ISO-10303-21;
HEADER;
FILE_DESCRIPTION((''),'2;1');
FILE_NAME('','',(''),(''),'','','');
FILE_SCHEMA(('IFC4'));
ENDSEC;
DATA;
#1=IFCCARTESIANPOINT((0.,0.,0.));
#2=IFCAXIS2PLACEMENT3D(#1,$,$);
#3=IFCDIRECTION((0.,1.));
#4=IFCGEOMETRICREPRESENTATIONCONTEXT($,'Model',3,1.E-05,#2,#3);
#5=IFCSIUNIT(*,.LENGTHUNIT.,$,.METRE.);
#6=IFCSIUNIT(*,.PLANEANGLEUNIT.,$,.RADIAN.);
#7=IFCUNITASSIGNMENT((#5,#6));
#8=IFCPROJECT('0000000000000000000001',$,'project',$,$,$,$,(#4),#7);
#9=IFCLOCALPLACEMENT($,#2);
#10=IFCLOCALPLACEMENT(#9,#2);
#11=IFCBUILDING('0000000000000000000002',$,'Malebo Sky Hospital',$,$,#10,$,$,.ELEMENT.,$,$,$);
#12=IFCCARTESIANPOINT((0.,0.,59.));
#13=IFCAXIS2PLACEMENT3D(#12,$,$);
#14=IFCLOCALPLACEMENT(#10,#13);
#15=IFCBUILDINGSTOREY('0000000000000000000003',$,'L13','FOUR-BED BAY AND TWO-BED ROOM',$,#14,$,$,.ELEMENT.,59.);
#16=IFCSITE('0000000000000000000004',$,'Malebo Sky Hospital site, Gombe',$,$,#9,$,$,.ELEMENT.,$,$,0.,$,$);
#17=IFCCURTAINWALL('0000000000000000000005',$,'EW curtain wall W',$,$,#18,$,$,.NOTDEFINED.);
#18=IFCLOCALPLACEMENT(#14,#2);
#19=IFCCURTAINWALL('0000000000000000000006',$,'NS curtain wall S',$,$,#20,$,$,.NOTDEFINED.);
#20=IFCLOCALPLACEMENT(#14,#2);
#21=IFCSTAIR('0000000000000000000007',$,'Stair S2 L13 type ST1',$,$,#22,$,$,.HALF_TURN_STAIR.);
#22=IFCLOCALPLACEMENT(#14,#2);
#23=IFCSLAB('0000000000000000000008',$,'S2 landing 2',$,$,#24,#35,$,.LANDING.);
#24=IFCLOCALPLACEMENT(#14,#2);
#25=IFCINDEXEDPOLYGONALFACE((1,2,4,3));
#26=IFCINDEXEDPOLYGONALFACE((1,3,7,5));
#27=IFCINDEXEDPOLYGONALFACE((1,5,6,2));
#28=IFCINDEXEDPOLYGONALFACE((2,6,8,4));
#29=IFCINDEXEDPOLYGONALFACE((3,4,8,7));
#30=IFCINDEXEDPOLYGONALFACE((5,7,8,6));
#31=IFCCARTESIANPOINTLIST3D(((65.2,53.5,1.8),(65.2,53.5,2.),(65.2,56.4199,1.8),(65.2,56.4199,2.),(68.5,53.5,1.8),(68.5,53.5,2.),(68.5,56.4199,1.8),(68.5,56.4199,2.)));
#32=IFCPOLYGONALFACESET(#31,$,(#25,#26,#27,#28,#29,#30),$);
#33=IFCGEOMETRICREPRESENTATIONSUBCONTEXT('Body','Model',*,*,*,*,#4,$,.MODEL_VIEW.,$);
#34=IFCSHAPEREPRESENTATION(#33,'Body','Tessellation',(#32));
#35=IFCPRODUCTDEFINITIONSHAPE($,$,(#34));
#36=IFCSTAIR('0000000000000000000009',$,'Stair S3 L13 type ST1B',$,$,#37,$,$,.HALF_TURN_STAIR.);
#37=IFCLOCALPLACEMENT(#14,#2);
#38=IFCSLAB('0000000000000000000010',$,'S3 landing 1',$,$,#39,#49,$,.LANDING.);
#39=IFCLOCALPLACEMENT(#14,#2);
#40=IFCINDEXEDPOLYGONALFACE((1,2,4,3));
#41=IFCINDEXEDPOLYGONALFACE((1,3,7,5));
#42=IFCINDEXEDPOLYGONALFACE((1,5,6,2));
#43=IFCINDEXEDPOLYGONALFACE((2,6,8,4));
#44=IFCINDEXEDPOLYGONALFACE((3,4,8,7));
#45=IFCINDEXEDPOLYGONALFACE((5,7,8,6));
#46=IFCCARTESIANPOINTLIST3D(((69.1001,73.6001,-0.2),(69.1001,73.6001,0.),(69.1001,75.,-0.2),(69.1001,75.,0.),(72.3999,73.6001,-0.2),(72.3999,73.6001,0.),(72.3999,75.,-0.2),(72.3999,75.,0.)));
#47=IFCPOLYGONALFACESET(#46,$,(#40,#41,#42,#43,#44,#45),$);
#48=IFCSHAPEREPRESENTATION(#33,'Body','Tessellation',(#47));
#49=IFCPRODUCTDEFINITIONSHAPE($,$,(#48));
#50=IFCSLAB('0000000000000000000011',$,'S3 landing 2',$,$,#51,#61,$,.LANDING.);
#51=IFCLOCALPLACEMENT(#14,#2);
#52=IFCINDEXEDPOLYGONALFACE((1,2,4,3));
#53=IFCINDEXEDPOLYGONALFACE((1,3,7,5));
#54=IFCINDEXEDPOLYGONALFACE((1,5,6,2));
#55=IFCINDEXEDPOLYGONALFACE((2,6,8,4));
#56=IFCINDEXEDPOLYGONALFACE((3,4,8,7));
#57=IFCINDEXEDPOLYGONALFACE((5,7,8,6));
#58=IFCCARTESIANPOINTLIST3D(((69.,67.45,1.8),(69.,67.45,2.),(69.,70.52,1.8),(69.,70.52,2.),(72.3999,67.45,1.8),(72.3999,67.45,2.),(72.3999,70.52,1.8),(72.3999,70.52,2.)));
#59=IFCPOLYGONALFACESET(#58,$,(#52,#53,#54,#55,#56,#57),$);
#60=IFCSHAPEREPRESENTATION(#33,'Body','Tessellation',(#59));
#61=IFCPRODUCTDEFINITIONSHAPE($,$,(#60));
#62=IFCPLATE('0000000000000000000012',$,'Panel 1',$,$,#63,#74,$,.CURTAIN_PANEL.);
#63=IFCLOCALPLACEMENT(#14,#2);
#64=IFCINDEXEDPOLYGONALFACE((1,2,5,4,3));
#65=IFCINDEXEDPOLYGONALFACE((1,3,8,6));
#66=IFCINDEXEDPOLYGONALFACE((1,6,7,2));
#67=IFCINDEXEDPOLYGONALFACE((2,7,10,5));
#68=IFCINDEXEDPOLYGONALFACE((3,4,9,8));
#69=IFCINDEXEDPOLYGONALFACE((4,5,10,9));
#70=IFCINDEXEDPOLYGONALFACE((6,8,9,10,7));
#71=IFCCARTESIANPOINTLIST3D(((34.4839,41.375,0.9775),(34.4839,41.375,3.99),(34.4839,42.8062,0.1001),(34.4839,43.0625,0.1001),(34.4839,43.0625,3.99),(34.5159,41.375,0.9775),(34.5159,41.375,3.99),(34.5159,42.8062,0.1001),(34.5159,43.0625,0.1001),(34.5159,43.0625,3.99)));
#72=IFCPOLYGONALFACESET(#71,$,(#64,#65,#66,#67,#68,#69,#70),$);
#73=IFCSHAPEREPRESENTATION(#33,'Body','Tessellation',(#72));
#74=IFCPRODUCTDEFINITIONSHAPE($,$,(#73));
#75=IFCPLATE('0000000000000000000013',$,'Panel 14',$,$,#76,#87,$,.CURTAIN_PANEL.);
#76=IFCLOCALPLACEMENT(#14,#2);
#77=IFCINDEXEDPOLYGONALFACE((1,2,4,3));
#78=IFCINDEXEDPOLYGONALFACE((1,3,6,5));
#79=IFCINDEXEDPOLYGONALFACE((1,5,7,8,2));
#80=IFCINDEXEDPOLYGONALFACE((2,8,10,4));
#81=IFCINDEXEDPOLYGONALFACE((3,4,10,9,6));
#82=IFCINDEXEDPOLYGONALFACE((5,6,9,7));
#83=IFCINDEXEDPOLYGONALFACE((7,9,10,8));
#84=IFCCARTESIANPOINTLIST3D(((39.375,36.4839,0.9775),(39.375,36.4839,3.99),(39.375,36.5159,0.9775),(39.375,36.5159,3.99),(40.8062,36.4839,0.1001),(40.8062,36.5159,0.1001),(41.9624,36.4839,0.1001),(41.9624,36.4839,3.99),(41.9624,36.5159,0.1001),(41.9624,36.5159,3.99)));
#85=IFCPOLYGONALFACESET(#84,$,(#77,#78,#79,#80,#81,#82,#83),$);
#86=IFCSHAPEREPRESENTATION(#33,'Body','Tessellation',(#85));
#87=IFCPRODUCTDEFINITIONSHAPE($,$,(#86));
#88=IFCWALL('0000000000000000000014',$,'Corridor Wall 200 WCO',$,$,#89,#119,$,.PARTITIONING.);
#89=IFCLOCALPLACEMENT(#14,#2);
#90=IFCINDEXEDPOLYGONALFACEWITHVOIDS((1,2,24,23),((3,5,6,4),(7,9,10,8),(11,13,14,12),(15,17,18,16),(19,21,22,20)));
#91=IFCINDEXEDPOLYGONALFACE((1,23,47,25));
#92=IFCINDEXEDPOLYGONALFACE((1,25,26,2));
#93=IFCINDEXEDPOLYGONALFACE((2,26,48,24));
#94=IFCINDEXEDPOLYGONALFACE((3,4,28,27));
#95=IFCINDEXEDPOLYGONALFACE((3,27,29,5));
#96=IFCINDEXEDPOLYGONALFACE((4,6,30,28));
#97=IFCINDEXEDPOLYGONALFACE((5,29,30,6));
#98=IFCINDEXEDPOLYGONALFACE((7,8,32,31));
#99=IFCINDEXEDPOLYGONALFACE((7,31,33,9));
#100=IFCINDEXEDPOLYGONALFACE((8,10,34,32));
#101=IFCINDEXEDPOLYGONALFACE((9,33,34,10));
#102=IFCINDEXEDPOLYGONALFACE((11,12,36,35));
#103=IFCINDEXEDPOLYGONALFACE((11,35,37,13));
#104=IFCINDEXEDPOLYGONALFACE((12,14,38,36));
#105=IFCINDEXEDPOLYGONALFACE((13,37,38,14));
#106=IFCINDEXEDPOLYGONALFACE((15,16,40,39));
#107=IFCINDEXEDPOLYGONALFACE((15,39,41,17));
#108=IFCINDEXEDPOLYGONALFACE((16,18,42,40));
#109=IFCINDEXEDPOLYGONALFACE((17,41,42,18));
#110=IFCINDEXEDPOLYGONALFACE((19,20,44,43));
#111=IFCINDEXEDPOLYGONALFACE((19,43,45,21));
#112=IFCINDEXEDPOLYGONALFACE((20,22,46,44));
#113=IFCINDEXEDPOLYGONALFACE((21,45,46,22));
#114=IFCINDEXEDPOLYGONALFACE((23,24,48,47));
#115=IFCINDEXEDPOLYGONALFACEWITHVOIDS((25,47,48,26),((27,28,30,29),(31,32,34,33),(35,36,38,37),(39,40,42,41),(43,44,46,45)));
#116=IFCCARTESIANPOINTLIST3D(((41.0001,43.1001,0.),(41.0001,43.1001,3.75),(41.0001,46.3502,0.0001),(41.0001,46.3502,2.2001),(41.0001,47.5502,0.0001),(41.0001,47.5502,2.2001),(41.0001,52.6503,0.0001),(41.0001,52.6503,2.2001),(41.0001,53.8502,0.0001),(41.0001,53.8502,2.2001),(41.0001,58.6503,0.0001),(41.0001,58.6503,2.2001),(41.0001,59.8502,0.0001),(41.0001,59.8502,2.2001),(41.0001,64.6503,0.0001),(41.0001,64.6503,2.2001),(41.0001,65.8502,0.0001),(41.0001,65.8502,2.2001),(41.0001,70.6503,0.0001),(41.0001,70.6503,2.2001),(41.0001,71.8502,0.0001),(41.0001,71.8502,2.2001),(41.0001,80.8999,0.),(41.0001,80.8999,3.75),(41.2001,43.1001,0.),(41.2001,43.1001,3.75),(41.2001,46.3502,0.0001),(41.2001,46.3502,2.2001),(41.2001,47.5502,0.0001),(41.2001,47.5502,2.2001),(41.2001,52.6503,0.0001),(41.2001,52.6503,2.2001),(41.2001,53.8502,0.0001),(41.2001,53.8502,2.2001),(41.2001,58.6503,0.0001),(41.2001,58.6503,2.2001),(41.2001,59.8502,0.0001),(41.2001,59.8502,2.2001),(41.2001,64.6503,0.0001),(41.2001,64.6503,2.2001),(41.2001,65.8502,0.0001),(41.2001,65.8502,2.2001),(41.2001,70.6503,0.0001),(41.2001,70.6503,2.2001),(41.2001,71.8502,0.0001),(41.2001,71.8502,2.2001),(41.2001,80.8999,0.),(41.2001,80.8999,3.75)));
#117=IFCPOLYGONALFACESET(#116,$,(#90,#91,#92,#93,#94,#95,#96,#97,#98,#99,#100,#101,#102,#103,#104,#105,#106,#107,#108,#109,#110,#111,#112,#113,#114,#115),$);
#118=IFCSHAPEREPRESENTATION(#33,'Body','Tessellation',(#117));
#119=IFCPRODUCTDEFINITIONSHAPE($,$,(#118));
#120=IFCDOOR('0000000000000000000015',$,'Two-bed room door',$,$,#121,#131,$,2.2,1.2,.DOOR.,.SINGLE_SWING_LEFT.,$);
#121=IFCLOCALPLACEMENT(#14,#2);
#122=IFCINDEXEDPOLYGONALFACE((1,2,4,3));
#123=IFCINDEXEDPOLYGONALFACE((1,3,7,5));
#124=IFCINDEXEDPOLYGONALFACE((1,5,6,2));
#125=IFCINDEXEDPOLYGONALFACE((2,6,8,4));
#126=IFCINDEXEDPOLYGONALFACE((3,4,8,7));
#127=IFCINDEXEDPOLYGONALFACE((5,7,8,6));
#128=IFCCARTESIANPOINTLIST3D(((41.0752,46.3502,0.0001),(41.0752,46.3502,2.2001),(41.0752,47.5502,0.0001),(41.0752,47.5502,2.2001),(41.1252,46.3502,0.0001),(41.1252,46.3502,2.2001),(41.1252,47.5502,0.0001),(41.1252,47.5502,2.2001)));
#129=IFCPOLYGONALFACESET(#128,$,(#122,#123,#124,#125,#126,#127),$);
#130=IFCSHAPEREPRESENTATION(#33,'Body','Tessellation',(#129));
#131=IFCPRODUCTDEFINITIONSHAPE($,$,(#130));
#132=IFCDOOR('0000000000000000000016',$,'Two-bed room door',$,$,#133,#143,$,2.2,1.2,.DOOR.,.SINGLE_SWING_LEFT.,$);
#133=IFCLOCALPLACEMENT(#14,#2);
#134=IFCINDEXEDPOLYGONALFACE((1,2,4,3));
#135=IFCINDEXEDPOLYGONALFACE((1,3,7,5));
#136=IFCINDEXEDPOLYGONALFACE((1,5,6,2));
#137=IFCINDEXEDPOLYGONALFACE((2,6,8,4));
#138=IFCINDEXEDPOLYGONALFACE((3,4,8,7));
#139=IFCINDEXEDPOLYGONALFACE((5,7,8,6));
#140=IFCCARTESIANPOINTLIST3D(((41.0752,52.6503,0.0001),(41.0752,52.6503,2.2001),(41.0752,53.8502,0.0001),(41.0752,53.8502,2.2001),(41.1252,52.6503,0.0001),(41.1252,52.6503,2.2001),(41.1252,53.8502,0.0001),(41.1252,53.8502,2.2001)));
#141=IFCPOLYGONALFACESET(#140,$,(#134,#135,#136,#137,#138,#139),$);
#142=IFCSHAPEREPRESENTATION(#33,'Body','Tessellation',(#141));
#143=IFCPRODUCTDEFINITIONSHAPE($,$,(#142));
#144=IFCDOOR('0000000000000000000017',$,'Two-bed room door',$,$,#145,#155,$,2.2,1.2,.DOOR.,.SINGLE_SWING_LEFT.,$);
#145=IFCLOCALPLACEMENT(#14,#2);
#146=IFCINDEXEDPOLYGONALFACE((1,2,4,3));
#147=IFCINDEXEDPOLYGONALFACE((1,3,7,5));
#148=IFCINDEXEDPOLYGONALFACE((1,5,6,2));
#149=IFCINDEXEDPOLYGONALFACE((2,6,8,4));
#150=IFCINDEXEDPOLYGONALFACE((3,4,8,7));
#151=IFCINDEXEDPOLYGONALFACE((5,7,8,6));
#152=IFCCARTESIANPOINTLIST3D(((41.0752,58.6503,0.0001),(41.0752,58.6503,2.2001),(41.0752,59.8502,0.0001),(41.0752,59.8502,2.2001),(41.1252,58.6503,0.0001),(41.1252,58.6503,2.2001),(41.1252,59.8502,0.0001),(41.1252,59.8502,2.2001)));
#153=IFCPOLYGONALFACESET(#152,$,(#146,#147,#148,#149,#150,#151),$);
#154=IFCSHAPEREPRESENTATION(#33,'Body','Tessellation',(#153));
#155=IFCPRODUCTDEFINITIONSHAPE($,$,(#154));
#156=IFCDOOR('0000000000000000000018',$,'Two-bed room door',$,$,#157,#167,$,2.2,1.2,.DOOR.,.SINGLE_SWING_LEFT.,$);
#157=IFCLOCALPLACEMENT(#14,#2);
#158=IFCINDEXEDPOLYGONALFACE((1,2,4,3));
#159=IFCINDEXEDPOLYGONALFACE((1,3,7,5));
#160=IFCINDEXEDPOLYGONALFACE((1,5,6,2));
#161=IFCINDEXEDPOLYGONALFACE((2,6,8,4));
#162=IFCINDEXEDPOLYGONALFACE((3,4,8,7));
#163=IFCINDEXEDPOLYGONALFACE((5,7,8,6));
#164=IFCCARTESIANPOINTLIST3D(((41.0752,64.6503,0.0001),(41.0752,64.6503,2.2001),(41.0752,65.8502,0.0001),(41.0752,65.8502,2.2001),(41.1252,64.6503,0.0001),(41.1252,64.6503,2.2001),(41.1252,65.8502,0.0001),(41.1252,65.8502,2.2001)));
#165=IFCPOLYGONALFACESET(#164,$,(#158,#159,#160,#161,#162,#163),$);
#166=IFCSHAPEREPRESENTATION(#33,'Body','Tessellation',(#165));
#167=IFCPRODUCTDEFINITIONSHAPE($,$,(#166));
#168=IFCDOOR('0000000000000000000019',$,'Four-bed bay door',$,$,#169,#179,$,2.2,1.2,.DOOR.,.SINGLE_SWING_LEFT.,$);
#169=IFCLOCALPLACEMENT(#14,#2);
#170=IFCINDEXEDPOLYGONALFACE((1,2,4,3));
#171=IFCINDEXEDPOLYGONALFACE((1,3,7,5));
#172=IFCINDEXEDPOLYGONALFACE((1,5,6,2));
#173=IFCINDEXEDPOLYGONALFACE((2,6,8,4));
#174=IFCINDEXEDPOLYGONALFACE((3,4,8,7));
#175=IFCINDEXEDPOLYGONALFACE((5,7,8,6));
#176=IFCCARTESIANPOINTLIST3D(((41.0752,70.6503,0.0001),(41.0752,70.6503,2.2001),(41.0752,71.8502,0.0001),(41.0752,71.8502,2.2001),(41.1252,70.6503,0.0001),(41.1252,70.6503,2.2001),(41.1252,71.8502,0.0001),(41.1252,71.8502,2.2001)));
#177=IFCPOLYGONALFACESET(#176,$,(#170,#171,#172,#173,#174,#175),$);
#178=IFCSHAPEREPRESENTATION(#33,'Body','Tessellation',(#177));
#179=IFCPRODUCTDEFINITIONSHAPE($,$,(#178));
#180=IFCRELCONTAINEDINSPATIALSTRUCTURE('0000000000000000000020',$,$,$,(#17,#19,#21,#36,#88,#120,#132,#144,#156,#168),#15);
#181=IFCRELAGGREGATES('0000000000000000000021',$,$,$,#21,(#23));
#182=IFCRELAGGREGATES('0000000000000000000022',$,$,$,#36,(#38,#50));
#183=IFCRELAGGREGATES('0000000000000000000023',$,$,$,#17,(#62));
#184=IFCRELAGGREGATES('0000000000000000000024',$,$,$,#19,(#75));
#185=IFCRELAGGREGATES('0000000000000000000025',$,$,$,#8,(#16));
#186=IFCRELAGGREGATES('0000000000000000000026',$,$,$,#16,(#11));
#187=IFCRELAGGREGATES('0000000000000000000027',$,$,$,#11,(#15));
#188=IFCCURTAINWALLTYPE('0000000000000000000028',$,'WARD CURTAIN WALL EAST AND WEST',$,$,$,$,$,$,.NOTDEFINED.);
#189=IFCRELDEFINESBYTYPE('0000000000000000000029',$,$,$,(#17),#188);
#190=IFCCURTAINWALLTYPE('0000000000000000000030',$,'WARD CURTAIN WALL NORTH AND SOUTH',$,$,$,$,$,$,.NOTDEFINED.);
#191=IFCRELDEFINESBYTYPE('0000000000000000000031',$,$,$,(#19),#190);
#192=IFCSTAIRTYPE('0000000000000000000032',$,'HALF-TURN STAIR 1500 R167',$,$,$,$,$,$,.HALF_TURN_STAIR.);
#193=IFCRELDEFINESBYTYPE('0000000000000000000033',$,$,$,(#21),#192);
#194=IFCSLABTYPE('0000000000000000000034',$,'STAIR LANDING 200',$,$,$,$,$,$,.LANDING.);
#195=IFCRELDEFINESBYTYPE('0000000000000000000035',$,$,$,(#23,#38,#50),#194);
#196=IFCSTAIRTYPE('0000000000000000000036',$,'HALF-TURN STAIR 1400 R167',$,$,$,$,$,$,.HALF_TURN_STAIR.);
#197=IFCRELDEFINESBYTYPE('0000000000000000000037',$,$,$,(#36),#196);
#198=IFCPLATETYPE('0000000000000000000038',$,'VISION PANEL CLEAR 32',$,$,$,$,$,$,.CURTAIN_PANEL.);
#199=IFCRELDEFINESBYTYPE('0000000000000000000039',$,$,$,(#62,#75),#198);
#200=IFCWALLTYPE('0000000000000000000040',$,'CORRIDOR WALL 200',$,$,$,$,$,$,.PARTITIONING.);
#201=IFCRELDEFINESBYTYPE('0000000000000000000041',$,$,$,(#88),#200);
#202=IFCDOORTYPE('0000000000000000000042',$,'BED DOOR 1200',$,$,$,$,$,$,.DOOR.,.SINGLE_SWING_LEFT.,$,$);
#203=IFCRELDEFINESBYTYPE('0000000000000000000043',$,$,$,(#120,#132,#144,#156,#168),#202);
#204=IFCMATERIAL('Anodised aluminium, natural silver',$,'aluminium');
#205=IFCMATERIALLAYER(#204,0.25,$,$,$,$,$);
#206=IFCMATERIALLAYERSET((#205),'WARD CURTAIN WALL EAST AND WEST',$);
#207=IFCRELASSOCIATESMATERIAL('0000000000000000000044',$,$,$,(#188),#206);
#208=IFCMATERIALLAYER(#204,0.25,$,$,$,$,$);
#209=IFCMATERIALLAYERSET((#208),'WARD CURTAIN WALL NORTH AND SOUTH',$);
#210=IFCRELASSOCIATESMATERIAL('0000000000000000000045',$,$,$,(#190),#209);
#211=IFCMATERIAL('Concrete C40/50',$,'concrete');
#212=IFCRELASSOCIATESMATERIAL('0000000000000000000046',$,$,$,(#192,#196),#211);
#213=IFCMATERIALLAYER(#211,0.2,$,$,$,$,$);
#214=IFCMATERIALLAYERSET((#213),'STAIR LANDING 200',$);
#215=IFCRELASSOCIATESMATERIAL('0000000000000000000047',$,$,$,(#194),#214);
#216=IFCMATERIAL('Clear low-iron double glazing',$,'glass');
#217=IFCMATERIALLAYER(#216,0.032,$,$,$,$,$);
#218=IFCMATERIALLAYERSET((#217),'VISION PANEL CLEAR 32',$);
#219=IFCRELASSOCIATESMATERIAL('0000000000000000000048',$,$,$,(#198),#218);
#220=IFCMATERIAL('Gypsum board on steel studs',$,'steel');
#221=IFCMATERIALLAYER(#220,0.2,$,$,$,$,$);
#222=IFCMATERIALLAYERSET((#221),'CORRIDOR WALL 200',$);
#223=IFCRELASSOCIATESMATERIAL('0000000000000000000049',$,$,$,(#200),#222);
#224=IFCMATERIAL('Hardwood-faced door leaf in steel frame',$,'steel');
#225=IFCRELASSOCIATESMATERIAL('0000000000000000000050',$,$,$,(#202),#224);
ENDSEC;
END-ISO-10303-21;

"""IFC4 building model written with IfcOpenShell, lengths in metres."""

from ifc_helpers import new_model, si_unit, direction, frame, frame_2d, origin, place, context, subcontext, project, spatial, polyline, rectangle, outline, extrude, material, layer, layer_set, type_object, element, fill, aggregate, save


model = new_model("IFC4")

# Units and contexts
model_context = context("Model", 3, precision=1e-05, world=origin(), true_north=direction((0.0, 1.0)))
body_context = subcontext(model_context, "Body", "Model", "MODEL_VIEW")
ifc_project = project(units=[si_unit("LENGTHUNIT", "METRE"), si_unit("PLANEANGLEUNIT", "RADIAN")], contexts=[model_context])

# Site, building, storey
site_placement = place(None, origin())
site = spatial("IfcSite", under=ifc_project, at=site_placement, Name="Malebo Sky Hospital site, Gombe", CompositionType="ELEMENT", RefElevation=0.0)
building_placement = place(site_placement, origin())
building = spatial("IfcBuilding", under=site, at=building_placement, Name="Malebo Sky Hospital", CompositionType="ELEMENT")
storey_placement = place(building_placement, frame((0.0, 0.0, 59.0)))
storey = spatial("IfcBuildingStorey", under=building, at=storey_placement, Name="L13", Description="FOUR-BED BAY AND TWO-BED ROOM", CompositionType="ELEMENT", Elevation=59.0)

# Curtain wall
ifc_material_1 = material(Name="Anodised aluminium, natural silver", Category="aluminium")
ifc_layer_1 = layer(ifc_material_1, 0.25)
ifc_layer_set_1 = layer_set([ifc_layer_1], Name="WARD CURTAIN WALL EAST AND WEST")
curtain_wall_type_1 = type_object("IfcCurtainWallType", Name="WARD CURTAIN WALL EAST AND WEST", PredefinedType="NOTDEFINED", material=ifc_layer_set_1)
curtain_wall_1_placement = place(storey_placement, origin())
curtain_wall_1 = element("IfcCurtainWall", 1, at=curtain_wall_1_placement, inside=storey, type_object=curtain_wall_type_1, Name="EW curtain wall W", PredefinedType="NOTDEFINED")

# Curtain wall
ifc_layer_2 = layer(ifc_material_1, 0.25)
ifc_layer_set_2 = layer_set([ifc_layer_2], Name="WARD CURTAIN WALL NORTH AND SOUTH")
curtain_wall_type_2 = type_object("IfcCurtainWallType", Name="WARD CURTAIN WALL NORTH AND SOUTH", PredefinedType="NOTDEFINED", material=ifc_layer_set_2)
curtain_wall_2_placement = place(storey_placement, origin())
curtain_wall_2 = element("IfcCurtainWall", 2, at=curtain_wall_2_placement, inside=storey, type_object=curtain_wall_type_2, Name="NS curtain wall S", PredefinedType="NOTDEFINED")

# Shared definitions
ifc_material_2 = material(Name="Concrete C40/50", Category="concrete")

# Stairs, slabs
stair_type_1 = type_object("IfcStairType", Name="HALF-TURN STAIR 1500 R167", PredefinedType="HALF_TURN_STAIR", material=ifc_material_2)
ifc_layer_3 = layer(ifc_material_2, 0.2)
ifc_layer_set_3 = layer_set([ifc_layer_3], Name="STAIR LANDING 200")
slab_type_1 = type_object("IfcSlabType", Name="STAIR LANDING 200", PredefinedType="LANDING", material=ifc_layer_set_3)
stair_1_placement = place(storey_placement, origin())
stair_1 = element("IfcStair", 3, at=stair_1_placement, inside=storey, type_object=stair_type_1, Name="Stair S2 L13 type ST1", PredefinedType="HALF_TURN_STAIR")
slab_1_placement = place(storey_placement, frame((0.0, 0.0, 1.8)))
slab_1 = element("IfcSlab", 4, at=slab_1_placement, type_object=slab_type_1, Name="S2 landing 2", PredefinedType="LANDING", context=body_context, shape_type="SweptSolid", body=[
    extrude(outline(polyline([(65.2, 53.5), (68.5, 53.5), (68.5, 56.4199), (65.2, 56.4199), (65.2, 53.5)])), origin(), (0.0, 0.0, 1.0), 0.2),
])
aggregate(stair_1, [slab_1])
stair_type_2 = type_object("IfcStairType", Name="HALF-TURN STAIR 1400 R167", PredefinedType="HALF_TURN_STAIR", material=ifc_material_2)
stair_2_placement = place(storey_placement, origin())
stair_2 = element("IfcStair", 5, at=stair_2_placement, inside=storey, type_object=stair_type_2, Name="Stair S3 L13 type ST1B", PredefinedType="HALF_TURN_STAIR")
slab_2_placement = place(storey_placement, frame((0.0, 0.0, -0.2)))
slab_2 = element("IfcSlab", 6, at=slab_2_placement, type_object=slab_type_1, Name="S3 landing 1", PredefinedType="LANDING", context=body_context, shape_type="SweptSolid", body=[
    extrude(outline(polyline([(69.1001, 73.6001), (72.3999, 73.6001), (72.3999, 75.0), (69.1001, 75.0), (69.1001, 73.6001)])), origin(), (0.0, 0.0, 1.0), 0.2),
])
slab_3_placement = place(storey_placement, frame((0.0, 0.0, 1.8)))
slab_3 = element("IfcSlab", 7, at=slab_3_placement, type_object=slab_type_1, Name="S3 landing 2", PredefinedType="LANDING", context=body_context, shape_type="SweptSolid", body=[
    extrude(outline(polyline([(69.0, 67.45), (72.3999, 67.45), (72.3999, 70.52), (69.0, 70.52), (69.0, 67.45)])), origin(), (0.0, 0.0, 1.0), 0.2),
])
aggregate(stair_2, [slab_2, slab_3])

# Plates
ifc_material_3 = material(Name="Clear low-iron double glazing", Category="glass")
ifc_layer_4 = layer(ifc_material_3, 0.032)
ifc_layer_set_4 = layer_set([ifc_layer_4], Name="VISION PANEL CLEAR 32")
plate_type = type_object("IfcPlateType", Name="VISION PANEL CLEAR 32", PredefinedType="CURTAIN_PANEL", material=ifc_layer_set_4)
plate_1_placement = place(storey_placement, frame((34.5, 42.2188, 0.1001), z_axis=(0.0, 0.0, 1.0), x_axis=(0.0, 1.0, 0.0)))
plate_1 = element("IfcPlate", 8, at=plate_1_placement, type_object=plate_type, Name="Panel 1", PredefinedType="CURTAIN_PANEL", context=body_context, shape_type="SweptSolid", body=[
    extrude(outline(polyline([(0.5874, 0.0), (0.8438, 0.0), (0.8438, 3.8899), (-0.8438, 3.8899), (-0.8438, 0.8774), (0.5874, 0.0)])), frame((0.0, 0.0161, 0.0), z_axis=(0.0, -1.0, 0.0), x_axis=(1.0, 0.0, 0.0)), (0.0, 0.0, 1.0), 0.032),
])
aggregate(curtain_wall_1, [plate_1])
plate_2_placement = place(storey_placement, frame((40.6687, 36.5, 0.1001), z_axis=(0.0, 0.0, 1.0), x_axis=(-1.0, 0.0, 0.0)))
plate_2 = element("IfcPlate", 9, at=plate_2_placement, type_object=plate_type, Name="Panel 14", PredefinedType="CURTAIN_PANEL", context=body_context, shape_type="SweptSolid", body=[
    extrude(outline(polyline([(-1.2937, 0.0), (-0.1375, 0.0), (1.2937, 0.8774), (1.2937, 3.8899), (-1.2937, 3.8899), (-1.2937, 0.0)])), frame((0.0, 0.0161, 0.0), z_axis=(0.0, -1.0, 0.0), x_axis=(1.0, 0.0, 0.0)), (0.0, 0.0, 1.0), 0.032),
])
aggregate(curtain_wall_2, [plate_2])

# Wall, openings, doors
ifc_material_4 = material(Name="Gypsum board on steel studs", Category="steel")
ifc_layer_5 = layer(ifc_material_4, 0.2)
ifc_layer_set_5 = layer_set([ifc_layer_5], Name="CORRIDOR WALL 200")
wall_type_1 = type_object("IfcWallType", Name="CORRIDOR WALL 200", PredefinedType="PARTITIONING", material=ifc_layer_set_5)
wall_1_placement = place(storey_placement, frame((41.1001, 43.1001, 0.0), z_axis=(0.0, 0.0, 1.0), x_axis=(0.0, 1.0, 0.0)))
wall_1 = element("IfcWall", 10, at=wall_1_placement, inside=storey, type_object=wall_type_1, Name="Corridor Wall 200 WCO", PredefinedType="PARTITIONING", context=body_context, shape_type="SweptSolid", body=[
    extrude(rectangle(XDim=37.7998, YDim=0.2, at=frame_2d((18.8999, 0.0))), origin(), (0.0, 0.0, 1.0), 3.75),
])
opening_1_placement = place(wall_1_placement, frame((3.25, 0.0, 0.0)))
opening_1 = element("IfcOpeningElement", 11, at=opening_1_placement, cuts=wall_1, PredefinedType="OPENING", context=body_context, shape_type="SweptSolid", body=[
    extrude(rectangle(XDim=1.2, YDim=2.2, at=frame_2d((0.6001, 1.1001))), frame((0.0, 0.1099, 0.0), z_axis=(0.0, -1.0, 0.0), x_axis=(1.0, 0.0, 0.0)), (0.0, 0.0, 1.0), 0.22),
])
opening_2_placement = place(wall_1_placement, frame((9.55, 0.0, 0.0)))
opening_2 = element("IfcOpeningElement", 12, at=opening_2_placement, cuts=wall_1, PredefinedType="OPENING", context=body_context, shape_type="SweptSolid", body=[
    extrude(rectangle(XDim=1.2, YDim=2.2, at=frame_2d((0.6001, 1.1001))), frame((0.0, 0.1099, 0.0), z_axis=(0.0, -1.0, 0.0), x_axis=(1.0, 0.0, 0.0)), (0.0, 0.0, 1.0), 0.22),
])
opening_3_placement = place(wall_1_placement, frame((15.55, 0.0, 0.0)))
opening_3 = element("IfcOpeningElement", 13, at=opening_3_placement, cuts=wall_1, PredefinedType="OPENING", context=body_context, shape_type="SweptSolid", body=[
    extrude(rectangle(XDim=1.2, YDim=2.2, at=frame_2d((0.6001, 1.1001))), frame((0.0, 0.1099, 0.0), z_axis=(0.0, -1.0, 0.0), x_axis=(1.0, 0.0, 0.0)), (0.0, 0.0, 1.0), 0.22),
])
opening_4_placement = place(wall_1_placement, frame((21.55, 0.0, 0.0)))
opening_4 = element("IfcOpeningElement", 14, at=opening_4_placement, cuts=wall_1, PredefinedType="OPENING", context=body_context, shape_type="SweptSolid", body=[
    extrude(rectangle(XDim=1.2, YDim=2.2, at=frame_2d((0.6001, 1.1001))), frame((0.0, 0.1099, 0.0), z_axis=(0.0, -1.0, 0.0), x_axis=(1.0, 0.0, 0.0)), (0.0, 0.0, 1.0), 0.22),
])
opening_5_placement = place(wall_1_placement, frame((27.55, 0.0, 0.0)))
opening_5 = element("IfcOpeningElement", 15, at=opening_5_placement, cuts=wall_1, PredefinedType="OPENING", context=body_context, shape_type="SweptSolid", body=[
    extrude(rectangle(XDim=1.2, YDim=2.2, at=frame_2d((0.6001, 1.1001))), frame((0.0, 0.1099, 0.0), z_axis=(0.0, -1.0, 0.0), x_axis=(1.0, 0.0, 0.0)), (0.0, 0.0, 1.0), 0.22),
])
ifc_material_5 = material(Name="Hardwood-faced door leaf in steel frame", Category="steel")
door_type_1 = type_object("IfcDoorType", Name="BED DOOR 1200", OperationType="SINGLE_SWING_LEFT", PredefinedType="DOOR", material=ifc_material_5)
door_1_placement = place(opening_1_placement, origin())
door_1 = element("IfcDoor", 16, at=door_1_placement, inside=storey, type_object=door_type_1, Name="Two-bed room door", OperationType="SINGLE_SWING_LEFT", OverallHeight=2.2, OverallWidth=1.2, PredefinedType="DOOR", context=body_context, shape_type="SweptSolid", body=[
    extrude(rectangle(XDim=1.2, YDim=2.2, at=frame_2d((0.6001, 1.1001))), frame((0.0, 0.0249, 0.0), z_axis=(0.0, -1.0, 0.0), x_axis=(1.0, 0.0, 0.0)), (0.0, 0.0, 1.0), 0.05),
])
fill(opening_1, door_1)
door_2_placement = place(opening_2_placement, origin())
door_2 = element("IfcDoor", 17, at=door_2_placement, inside=storey, type_object=door_type_1, Name="Two-bed room door", OperationType="SINGLE_SWING_LEFT", OverallHeight=2.2, OverallWidth=1.2, PredefinedType="DOOR", context=body_context, shape_type="SweptSolid", body=[
    extrude(rectangle(XDim=1.2, YDim=2.2, at=frame_2d((0.6001, 1.1001))), frame((0.0, 0.0249, 0.0), z_axis=(0.0, -1.0, 0.0), x_axis=(1.0, 0.0, 0.0)), (0.0, 0.0, 1.0), 0.05),
])
fill(opening_2, door_2)
door_3_placement = place(opening_3_placement, origin())
door_3 = element("IfcDoor", 18, at=door_3_placement, inside=storey, type_object=door_type_1, Name="Two-bed room door", OperationType="SINGLE_SWING_LEFT", OverallHeight=2.2, OverallWidth=1.2, PredefinedType="DOOR", context=body_context, shape_type="SweptSolid", body=[
    extrude(rectangle(XDim=1.2, YDim=2.2, at=frame_2d((0.6001, 1.1001))), frame((0.0, 0.0249, 0.0), z_axis=(0.0, -1.0, 0.0), x_axis=(1.0, 0.0, 0.0)), (0.0, 0.0, 1.0), 0.05),
])
fill(opening_3, door_3)
door_4_placement = place(opening_4_placement, origin())
door_4 = element("IfcDoor", 19, at=door_4_placement, inside=storey, type_object=door_type_1, Name="Two-bed room door", OperationType="SINGLE_SWING_LEFT", OverallHeight=2.2, OverallWidth=1.2, PredefinedType="DOOR", context=body_context, shape_type="SweptSolid", body=[
    extrude(rectangle(XDim=1.2, YDim=2.2, at=frame_2d((0.6001, 1.1001))), frame((0.0, 0.0249, 0.0), z_axis=(0.0, -1.0, 0.0), x_axis=(1.0, 0.0, 0.0)), (0.0, 0.0, 1.0), 0.05),
])
fill(opening_4, door_4)
door_5_placement = place(opening_5_placement, origin())
door_5 = element("IfcDoor", 20, at=door_5_placement, inside=storey, type_object=door_type_1, Name="Four-bed bay door", OperationType="SINGLE_SWING_LEFT", OverallHeight=2.2, OverallWidth=1.2, PredefinedType="DOOR", context=body_context, shape_type="SweptSolid", body=[
    extrude(rectangle(XDim=1.2, YDim=2.2, at=frame_2d((0.6001, 1.1001))), frame((0.0, 0.0249, 0.0), z_axis=(0.0, -1.0, 0.0), x_axis=(1.0, 0.0, 0.0)), (0.0, 0.0, 1.0), 0.05),
])
fill(opening_5, door_5)

save(model, "model.ifc")
